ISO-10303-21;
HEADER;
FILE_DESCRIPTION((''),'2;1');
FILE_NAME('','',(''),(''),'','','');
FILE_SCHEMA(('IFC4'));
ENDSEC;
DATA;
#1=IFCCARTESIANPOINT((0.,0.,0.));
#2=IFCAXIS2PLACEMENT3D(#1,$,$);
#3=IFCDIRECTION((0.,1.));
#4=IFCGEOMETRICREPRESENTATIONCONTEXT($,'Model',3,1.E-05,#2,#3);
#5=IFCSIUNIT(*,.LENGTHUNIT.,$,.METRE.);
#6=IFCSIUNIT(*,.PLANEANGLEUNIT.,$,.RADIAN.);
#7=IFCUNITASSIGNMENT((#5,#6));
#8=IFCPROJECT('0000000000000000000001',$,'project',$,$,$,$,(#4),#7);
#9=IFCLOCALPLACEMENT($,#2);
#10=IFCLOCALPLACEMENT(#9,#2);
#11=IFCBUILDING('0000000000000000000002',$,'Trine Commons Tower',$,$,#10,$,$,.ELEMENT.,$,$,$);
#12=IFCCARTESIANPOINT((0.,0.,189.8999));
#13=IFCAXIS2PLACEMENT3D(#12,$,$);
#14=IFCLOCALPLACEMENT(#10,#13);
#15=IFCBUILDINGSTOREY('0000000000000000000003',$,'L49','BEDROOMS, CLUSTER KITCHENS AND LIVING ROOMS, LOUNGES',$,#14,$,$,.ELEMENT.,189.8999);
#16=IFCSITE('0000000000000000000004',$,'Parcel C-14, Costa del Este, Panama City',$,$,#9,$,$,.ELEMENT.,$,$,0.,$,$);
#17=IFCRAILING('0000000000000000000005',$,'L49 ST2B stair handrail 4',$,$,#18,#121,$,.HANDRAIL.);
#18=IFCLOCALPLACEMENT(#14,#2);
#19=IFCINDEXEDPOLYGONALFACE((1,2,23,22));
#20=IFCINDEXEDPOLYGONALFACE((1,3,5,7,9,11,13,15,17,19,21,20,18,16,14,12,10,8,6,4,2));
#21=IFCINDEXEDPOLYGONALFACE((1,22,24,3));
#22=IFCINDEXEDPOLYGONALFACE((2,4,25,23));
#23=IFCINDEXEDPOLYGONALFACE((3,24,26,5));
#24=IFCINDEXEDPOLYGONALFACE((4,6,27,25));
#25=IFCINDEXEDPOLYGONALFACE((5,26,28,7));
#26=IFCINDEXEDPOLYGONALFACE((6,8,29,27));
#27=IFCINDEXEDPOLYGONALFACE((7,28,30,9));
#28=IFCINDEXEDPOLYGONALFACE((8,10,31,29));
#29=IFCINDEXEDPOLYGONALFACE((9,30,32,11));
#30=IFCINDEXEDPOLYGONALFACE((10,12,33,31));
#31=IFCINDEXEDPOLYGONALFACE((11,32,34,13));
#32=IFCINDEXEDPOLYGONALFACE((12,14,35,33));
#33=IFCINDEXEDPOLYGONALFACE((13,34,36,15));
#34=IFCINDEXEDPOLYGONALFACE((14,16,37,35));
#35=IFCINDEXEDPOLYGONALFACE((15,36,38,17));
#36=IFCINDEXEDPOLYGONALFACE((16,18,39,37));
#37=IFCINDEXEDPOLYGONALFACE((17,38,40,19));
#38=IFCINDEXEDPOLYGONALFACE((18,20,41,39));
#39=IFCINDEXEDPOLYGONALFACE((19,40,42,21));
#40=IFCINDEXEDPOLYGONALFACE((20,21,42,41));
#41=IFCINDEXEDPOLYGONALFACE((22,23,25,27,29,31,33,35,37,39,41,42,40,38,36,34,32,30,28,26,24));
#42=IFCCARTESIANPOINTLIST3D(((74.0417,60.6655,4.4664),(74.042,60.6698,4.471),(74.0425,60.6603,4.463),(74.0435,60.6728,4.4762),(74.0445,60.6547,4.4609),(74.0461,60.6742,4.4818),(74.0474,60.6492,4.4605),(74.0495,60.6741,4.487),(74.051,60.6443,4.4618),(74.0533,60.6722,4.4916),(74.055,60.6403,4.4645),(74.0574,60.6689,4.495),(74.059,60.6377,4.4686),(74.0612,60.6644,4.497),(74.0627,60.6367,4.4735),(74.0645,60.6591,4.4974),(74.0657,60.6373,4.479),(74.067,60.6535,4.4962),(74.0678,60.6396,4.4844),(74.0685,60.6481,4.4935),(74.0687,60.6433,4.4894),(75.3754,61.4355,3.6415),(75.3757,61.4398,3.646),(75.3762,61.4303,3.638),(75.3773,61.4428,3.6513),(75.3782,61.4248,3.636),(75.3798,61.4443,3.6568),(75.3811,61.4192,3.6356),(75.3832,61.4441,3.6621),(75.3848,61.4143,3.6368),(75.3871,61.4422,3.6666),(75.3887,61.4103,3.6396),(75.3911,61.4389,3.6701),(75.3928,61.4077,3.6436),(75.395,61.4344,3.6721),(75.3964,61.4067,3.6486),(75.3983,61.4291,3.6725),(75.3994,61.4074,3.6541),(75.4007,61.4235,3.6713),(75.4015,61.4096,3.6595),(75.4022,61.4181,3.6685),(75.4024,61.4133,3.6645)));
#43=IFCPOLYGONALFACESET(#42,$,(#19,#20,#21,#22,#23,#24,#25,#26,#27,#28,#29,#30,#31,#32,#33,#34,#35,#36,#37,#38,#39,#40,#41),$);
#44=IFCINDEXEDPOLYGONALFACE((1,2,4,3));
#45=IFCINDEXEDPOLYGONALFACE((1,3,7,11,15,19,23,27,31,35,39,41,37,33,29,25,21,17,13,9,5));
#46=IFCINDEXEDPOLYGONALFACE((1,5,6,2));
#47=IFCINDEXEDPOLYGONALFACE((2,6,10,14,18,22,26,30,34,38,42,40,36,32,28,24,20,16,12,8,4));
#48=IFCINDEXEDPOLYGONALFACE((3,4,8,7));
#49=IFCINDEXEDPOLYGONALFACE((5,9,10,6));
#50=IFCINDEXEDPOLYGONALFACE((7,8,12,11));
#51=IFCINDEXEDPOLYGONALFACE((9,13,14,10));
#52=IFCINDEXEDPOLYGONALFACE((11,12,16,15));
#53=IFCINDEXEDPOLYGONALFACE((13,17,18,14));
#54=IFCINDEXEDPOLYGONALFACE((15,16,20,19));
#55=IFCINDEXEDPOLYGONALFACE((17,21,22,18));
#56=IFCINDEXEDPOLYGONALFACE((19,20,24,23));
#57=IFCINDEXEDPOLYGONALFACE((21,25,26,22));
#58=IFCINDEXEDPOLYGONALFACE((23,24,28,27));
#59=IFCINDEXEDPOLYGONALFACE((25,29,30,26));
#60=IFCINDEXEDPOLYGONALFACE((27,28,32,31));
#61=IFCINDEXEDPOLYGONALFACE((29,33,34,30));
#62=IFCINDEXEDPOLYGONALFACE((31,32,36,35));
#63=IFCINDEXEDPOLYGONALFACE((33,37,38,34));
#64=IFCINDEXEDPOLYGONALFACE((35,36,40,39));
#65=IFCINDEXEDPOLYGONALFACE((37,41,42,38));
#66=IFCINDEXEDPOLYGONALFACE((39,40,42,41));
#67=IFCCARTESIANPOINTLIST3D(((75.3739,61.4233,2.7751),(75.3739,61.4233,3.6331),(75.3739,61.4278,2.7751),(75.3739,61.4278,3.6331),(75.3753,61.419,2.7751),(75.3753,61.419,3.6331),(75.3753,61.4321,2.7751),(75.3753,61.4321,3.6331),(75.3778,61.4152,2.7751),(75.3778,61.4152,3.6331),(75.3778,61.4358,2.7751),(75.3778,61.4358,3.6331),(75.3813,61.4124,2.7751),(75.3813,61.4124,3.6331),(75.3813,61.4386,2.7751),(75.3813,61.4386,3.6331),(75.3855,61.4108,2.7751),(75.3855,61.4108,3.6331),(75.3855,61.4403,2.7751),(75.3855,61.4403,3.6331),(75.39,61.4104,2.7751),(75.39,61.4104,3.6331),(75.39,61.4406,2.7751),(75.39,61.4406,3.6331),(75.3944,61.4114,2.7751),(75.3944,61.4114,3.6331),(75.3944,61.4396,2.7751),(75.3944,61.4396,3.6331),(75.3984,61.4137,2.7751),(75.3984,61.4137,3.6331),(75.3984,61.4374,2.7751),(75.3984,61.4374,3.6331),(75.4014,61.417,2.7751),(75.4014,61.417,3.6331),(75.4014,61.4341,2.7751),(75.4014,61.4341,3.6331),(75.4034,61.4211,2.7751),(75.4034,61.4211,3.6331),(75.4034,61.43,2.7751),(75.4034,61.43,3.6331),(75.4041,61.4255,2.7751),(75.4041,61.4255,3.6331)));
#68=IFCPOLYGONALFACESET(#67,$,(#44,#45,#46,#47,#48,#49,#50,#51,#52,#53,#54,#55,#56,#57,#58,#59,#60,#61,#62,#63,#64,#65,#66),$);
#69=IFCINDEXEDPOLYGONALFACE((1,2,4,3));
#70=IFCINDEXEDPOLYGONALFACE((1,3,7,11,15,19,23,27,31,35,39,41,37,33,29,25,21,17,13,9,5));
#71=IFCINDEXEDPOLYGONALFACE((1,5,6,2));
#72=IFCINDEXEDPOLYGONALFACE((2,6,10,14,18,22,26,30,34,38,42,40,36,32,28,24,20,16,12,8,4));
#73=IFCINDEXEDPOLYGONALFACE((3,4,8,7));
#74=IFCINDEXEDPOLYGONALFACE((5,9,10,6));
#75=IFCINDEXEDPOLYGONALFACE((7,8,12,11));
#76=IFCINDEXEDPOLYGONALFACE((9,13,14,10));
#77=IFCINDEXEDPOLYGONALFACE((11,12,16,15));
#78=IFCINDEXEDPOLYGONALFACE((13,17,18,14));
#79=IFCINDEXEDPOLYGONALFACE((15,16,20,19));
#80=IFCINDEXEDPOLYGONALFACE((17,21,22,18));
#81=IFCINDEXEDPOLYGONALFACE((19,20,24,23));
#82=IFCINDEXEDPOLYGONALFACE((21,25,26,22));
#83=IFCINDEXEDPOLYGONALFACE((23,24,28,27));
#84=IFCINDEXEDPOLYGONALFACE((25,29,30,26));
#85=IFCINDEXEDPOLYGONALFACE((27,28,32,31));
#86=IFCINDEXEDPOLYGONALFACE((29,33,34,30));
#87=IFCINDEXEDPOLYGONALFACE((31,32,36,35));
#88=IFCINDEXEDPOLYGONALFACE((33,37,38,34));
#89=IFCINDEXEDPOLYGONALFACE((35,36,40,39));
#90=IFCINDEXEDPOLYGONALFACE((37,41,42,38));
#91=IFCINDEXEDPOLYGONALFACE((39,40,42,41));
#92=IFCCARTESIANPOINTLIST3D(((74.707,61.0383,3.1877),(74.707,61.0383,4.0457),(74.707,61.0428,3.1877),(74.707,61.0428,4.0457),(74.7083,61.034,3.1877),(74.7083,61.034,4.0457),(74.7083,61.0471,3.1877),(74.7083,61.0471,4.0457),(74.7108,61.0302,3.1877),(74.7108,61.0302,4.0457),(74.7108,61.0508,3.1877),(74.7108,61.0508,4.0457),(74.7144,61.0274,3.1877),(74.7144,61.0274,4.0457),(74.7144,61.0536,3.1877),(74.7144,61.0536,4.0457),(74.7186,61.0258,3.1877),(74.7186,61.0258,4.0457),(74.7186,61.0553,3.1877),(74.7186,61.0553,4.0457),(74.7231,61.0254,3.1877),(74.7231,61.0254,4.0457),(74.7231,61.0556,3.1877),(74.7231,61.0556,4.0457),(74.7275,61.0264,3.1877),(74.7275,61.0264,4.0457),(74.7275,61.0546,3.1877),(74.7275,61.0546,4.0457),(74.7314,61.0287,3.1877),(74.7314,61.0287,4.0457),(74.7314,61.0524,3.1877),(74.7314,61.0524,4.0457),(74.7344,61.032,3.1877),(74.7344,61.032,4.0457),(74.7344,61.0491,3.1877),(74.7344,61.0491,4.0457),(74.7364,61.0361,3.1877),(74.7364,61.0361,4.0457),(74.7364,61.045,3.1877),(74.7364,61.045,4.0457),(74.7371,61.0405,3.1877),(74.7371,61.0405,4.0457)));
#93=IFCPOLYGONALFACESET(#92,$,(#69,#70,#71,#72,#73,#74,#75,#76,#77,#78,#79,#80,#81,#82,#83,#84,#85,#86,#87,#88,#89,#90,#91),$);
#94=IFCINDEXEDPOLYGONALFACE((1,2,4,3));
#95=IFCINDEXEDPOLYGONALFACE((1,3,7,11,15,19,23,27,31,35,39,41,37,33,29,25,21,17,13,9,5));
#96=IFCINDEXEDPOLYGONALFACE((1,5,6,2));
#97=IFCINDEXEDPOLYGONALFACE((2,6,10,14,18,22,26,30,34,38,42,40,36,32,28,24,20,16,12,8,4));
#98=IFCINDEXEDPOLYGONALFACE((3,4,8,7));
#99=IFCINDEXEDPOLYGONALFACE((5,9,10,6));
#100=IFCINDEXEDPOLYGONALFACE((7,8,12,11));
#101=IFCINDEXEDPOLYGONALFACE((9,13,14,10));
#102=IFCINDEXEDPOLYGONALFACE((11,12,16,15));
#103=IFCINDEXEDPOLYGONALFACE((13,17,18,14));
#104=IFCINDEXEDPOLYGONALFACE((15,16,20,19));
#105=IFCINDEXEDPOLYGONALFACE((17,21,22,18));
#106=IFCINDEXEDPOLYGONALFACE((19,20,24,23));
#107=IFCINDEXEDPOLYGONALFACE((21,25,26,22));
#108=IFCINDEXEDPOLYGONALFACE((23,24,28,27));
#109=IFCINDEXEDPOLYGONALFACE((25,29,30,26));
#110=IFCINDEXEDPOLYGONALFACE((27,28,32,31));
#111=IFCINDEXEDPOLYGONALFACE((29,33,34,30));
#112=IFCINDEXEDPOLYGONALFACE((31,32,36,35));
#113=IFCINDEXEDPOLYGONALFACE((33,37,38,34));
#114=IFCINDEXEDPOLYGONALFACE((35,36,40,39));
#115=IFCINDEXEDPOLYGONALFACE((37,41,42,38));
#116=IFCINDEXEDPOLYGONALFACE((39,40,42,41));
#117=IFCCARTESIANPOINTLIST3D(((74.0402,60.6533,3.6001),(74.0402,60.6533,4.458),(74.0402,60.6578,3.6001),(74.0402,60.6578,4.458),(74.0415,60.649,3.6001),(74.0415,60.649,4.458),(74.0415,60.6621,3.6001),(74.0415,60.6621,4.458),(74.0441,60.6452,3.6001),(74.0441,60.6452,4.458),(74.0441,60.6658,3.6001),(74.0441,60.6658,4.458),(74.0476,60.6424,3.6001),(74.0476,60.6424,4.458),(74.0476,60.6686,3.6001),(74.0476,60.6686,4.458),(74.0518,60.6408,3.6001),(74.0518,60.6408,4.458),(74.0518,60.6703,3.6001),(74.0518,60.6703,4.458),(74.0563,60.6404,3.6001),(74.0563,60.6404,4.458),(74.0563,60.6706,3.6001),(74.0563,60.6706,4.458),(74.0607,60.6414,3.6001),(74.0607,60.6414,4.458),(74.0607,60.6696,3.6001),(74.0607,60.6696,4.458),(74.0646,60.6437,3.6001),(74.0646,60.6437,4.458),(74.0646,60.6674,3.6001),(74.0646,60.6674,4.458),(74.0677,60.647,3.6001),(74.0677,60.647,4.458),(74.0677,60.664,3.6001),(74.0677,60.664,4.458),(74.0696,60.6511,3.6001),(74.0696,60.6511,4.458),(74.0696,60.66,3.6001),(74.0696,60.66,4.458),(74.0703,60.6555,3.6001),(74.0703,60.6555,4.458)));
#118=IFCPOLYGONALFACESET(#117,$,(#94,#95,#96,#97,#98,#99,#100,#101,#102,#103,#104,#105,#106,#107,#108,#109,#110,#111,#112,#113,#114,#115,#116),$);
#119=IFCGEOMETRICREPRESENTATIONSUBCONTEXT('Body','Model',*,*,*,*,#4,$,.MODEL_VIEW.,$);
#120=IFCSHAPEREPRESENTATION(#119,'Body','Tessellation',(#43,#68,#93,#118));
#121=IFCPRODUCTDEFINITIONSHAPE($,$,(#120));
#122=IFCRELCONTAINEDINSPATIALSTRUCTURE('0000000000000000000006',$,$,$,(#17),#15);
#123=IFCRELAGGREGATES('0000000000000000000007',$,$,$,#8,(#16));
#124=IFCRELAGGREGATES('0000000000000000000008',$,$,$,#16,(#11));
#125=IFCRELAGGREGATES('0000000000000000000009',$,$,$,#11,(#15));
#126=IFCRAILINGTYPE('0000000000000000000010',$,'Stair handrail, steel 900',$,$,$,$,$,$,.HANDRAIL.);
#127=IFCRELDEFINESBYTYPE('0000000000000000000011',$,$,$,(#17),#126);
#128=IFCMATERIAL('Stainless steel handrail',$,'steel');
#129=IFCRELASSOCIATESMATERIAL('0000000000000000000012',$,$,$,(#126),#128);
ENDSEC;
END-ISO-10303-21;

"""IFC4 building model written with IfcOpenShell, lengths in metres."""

from ifc_helpers import new_model, si_unit, direction, frame, origin, origin_2d, place, context, subcontext, project, spatial, circle, extrude, material, type_object, element, save


model = new_model("IFC4")

# Units and contexts
model_context = context("Model", 3, precision=1e-05, world=origin(), true_north=direction((0.0, 1.0)))
body_context = subcontext(model_context, "Body", "Model", "MODEL_VIEW")
ifc_project = project(units=[si_unit("LENGTHUNIT", "METRE"), si_unit("PLANEANGLEUNIT", "RADIAN")], contexts=[model_context])

# Site, building, storey
site_placement = place(None, origin())
site = spatial("IfcSite", under=ifc_project, at=site_placement, Name="Parcel C-14, Costa del Este, Panama City", CompositionType="ELEMENT", RefElevation=0.0)
building_placement = place(site_placement, origin())
building = spatial("IfcBuilding", under=site, at=building_placement, Name="Trine Commons Tower", CompositionType="ELEMENT")
storey_placement = place(building_placement, frame((0.0, 0.0, 189.8999)))
storey = spatial("IfcBuildingStorey", under=building, at=storey_placement, Name="L49", Description="BEDROOMS, CLUSTER KITCHENS AND LIVING ROOMS, LOUNGES", CompositionType="ELEMENT", Elevation=189.8999)

# Railing
ifc_material_1 = material(Name="Stainless steel handrail", Category="steel")
railing_type_1 = type_object("IfcRailingType", Name="Stair handrail, steel 900", PredefinedType="HANDRAIL", material=ifc_material_1)
for number, where, name in (
    (1, (75.3889, 61.4255, 2.7751), "L49 ST2B stair handrail 4"),
):
    element("IfcRailing", number, at=place(storey_placement, frame(where)), inside=storey, type_object=railing_type_1, Name=name, PredefinedType="HANDRAIL", context=body_context, shape_type="SweptSolid", body=[
        extrude(circle(Radius=0.021, at=origin_2d()), frame((0.0, 0.0, 0.8789), z_axis=(-0.763405, -0.440743, 0.472185), x_axis=(0.499992, -0.86603, 0.0)), (0.0, 0.0, 1.0), 1.7471),
        extrude(circle(Radius=0.0151, at=origin_2d()), origin(), (0.0, 0.0, 1.0), 0.8579),
        extrude(circle(Radius=0.0151, at=origin_2d()), frame((-0.667, -0.385, 0.4126)), (0.0, 0.0, 1.0), 0.8579),
        extrude(circle(Radius=0.0151, at=origin_2d()), frame((-1.3337, -0.77, 0.825)), (0.0, 0.0, 1.0), 0.8579),
    ])

save(model, "model.ifc")
